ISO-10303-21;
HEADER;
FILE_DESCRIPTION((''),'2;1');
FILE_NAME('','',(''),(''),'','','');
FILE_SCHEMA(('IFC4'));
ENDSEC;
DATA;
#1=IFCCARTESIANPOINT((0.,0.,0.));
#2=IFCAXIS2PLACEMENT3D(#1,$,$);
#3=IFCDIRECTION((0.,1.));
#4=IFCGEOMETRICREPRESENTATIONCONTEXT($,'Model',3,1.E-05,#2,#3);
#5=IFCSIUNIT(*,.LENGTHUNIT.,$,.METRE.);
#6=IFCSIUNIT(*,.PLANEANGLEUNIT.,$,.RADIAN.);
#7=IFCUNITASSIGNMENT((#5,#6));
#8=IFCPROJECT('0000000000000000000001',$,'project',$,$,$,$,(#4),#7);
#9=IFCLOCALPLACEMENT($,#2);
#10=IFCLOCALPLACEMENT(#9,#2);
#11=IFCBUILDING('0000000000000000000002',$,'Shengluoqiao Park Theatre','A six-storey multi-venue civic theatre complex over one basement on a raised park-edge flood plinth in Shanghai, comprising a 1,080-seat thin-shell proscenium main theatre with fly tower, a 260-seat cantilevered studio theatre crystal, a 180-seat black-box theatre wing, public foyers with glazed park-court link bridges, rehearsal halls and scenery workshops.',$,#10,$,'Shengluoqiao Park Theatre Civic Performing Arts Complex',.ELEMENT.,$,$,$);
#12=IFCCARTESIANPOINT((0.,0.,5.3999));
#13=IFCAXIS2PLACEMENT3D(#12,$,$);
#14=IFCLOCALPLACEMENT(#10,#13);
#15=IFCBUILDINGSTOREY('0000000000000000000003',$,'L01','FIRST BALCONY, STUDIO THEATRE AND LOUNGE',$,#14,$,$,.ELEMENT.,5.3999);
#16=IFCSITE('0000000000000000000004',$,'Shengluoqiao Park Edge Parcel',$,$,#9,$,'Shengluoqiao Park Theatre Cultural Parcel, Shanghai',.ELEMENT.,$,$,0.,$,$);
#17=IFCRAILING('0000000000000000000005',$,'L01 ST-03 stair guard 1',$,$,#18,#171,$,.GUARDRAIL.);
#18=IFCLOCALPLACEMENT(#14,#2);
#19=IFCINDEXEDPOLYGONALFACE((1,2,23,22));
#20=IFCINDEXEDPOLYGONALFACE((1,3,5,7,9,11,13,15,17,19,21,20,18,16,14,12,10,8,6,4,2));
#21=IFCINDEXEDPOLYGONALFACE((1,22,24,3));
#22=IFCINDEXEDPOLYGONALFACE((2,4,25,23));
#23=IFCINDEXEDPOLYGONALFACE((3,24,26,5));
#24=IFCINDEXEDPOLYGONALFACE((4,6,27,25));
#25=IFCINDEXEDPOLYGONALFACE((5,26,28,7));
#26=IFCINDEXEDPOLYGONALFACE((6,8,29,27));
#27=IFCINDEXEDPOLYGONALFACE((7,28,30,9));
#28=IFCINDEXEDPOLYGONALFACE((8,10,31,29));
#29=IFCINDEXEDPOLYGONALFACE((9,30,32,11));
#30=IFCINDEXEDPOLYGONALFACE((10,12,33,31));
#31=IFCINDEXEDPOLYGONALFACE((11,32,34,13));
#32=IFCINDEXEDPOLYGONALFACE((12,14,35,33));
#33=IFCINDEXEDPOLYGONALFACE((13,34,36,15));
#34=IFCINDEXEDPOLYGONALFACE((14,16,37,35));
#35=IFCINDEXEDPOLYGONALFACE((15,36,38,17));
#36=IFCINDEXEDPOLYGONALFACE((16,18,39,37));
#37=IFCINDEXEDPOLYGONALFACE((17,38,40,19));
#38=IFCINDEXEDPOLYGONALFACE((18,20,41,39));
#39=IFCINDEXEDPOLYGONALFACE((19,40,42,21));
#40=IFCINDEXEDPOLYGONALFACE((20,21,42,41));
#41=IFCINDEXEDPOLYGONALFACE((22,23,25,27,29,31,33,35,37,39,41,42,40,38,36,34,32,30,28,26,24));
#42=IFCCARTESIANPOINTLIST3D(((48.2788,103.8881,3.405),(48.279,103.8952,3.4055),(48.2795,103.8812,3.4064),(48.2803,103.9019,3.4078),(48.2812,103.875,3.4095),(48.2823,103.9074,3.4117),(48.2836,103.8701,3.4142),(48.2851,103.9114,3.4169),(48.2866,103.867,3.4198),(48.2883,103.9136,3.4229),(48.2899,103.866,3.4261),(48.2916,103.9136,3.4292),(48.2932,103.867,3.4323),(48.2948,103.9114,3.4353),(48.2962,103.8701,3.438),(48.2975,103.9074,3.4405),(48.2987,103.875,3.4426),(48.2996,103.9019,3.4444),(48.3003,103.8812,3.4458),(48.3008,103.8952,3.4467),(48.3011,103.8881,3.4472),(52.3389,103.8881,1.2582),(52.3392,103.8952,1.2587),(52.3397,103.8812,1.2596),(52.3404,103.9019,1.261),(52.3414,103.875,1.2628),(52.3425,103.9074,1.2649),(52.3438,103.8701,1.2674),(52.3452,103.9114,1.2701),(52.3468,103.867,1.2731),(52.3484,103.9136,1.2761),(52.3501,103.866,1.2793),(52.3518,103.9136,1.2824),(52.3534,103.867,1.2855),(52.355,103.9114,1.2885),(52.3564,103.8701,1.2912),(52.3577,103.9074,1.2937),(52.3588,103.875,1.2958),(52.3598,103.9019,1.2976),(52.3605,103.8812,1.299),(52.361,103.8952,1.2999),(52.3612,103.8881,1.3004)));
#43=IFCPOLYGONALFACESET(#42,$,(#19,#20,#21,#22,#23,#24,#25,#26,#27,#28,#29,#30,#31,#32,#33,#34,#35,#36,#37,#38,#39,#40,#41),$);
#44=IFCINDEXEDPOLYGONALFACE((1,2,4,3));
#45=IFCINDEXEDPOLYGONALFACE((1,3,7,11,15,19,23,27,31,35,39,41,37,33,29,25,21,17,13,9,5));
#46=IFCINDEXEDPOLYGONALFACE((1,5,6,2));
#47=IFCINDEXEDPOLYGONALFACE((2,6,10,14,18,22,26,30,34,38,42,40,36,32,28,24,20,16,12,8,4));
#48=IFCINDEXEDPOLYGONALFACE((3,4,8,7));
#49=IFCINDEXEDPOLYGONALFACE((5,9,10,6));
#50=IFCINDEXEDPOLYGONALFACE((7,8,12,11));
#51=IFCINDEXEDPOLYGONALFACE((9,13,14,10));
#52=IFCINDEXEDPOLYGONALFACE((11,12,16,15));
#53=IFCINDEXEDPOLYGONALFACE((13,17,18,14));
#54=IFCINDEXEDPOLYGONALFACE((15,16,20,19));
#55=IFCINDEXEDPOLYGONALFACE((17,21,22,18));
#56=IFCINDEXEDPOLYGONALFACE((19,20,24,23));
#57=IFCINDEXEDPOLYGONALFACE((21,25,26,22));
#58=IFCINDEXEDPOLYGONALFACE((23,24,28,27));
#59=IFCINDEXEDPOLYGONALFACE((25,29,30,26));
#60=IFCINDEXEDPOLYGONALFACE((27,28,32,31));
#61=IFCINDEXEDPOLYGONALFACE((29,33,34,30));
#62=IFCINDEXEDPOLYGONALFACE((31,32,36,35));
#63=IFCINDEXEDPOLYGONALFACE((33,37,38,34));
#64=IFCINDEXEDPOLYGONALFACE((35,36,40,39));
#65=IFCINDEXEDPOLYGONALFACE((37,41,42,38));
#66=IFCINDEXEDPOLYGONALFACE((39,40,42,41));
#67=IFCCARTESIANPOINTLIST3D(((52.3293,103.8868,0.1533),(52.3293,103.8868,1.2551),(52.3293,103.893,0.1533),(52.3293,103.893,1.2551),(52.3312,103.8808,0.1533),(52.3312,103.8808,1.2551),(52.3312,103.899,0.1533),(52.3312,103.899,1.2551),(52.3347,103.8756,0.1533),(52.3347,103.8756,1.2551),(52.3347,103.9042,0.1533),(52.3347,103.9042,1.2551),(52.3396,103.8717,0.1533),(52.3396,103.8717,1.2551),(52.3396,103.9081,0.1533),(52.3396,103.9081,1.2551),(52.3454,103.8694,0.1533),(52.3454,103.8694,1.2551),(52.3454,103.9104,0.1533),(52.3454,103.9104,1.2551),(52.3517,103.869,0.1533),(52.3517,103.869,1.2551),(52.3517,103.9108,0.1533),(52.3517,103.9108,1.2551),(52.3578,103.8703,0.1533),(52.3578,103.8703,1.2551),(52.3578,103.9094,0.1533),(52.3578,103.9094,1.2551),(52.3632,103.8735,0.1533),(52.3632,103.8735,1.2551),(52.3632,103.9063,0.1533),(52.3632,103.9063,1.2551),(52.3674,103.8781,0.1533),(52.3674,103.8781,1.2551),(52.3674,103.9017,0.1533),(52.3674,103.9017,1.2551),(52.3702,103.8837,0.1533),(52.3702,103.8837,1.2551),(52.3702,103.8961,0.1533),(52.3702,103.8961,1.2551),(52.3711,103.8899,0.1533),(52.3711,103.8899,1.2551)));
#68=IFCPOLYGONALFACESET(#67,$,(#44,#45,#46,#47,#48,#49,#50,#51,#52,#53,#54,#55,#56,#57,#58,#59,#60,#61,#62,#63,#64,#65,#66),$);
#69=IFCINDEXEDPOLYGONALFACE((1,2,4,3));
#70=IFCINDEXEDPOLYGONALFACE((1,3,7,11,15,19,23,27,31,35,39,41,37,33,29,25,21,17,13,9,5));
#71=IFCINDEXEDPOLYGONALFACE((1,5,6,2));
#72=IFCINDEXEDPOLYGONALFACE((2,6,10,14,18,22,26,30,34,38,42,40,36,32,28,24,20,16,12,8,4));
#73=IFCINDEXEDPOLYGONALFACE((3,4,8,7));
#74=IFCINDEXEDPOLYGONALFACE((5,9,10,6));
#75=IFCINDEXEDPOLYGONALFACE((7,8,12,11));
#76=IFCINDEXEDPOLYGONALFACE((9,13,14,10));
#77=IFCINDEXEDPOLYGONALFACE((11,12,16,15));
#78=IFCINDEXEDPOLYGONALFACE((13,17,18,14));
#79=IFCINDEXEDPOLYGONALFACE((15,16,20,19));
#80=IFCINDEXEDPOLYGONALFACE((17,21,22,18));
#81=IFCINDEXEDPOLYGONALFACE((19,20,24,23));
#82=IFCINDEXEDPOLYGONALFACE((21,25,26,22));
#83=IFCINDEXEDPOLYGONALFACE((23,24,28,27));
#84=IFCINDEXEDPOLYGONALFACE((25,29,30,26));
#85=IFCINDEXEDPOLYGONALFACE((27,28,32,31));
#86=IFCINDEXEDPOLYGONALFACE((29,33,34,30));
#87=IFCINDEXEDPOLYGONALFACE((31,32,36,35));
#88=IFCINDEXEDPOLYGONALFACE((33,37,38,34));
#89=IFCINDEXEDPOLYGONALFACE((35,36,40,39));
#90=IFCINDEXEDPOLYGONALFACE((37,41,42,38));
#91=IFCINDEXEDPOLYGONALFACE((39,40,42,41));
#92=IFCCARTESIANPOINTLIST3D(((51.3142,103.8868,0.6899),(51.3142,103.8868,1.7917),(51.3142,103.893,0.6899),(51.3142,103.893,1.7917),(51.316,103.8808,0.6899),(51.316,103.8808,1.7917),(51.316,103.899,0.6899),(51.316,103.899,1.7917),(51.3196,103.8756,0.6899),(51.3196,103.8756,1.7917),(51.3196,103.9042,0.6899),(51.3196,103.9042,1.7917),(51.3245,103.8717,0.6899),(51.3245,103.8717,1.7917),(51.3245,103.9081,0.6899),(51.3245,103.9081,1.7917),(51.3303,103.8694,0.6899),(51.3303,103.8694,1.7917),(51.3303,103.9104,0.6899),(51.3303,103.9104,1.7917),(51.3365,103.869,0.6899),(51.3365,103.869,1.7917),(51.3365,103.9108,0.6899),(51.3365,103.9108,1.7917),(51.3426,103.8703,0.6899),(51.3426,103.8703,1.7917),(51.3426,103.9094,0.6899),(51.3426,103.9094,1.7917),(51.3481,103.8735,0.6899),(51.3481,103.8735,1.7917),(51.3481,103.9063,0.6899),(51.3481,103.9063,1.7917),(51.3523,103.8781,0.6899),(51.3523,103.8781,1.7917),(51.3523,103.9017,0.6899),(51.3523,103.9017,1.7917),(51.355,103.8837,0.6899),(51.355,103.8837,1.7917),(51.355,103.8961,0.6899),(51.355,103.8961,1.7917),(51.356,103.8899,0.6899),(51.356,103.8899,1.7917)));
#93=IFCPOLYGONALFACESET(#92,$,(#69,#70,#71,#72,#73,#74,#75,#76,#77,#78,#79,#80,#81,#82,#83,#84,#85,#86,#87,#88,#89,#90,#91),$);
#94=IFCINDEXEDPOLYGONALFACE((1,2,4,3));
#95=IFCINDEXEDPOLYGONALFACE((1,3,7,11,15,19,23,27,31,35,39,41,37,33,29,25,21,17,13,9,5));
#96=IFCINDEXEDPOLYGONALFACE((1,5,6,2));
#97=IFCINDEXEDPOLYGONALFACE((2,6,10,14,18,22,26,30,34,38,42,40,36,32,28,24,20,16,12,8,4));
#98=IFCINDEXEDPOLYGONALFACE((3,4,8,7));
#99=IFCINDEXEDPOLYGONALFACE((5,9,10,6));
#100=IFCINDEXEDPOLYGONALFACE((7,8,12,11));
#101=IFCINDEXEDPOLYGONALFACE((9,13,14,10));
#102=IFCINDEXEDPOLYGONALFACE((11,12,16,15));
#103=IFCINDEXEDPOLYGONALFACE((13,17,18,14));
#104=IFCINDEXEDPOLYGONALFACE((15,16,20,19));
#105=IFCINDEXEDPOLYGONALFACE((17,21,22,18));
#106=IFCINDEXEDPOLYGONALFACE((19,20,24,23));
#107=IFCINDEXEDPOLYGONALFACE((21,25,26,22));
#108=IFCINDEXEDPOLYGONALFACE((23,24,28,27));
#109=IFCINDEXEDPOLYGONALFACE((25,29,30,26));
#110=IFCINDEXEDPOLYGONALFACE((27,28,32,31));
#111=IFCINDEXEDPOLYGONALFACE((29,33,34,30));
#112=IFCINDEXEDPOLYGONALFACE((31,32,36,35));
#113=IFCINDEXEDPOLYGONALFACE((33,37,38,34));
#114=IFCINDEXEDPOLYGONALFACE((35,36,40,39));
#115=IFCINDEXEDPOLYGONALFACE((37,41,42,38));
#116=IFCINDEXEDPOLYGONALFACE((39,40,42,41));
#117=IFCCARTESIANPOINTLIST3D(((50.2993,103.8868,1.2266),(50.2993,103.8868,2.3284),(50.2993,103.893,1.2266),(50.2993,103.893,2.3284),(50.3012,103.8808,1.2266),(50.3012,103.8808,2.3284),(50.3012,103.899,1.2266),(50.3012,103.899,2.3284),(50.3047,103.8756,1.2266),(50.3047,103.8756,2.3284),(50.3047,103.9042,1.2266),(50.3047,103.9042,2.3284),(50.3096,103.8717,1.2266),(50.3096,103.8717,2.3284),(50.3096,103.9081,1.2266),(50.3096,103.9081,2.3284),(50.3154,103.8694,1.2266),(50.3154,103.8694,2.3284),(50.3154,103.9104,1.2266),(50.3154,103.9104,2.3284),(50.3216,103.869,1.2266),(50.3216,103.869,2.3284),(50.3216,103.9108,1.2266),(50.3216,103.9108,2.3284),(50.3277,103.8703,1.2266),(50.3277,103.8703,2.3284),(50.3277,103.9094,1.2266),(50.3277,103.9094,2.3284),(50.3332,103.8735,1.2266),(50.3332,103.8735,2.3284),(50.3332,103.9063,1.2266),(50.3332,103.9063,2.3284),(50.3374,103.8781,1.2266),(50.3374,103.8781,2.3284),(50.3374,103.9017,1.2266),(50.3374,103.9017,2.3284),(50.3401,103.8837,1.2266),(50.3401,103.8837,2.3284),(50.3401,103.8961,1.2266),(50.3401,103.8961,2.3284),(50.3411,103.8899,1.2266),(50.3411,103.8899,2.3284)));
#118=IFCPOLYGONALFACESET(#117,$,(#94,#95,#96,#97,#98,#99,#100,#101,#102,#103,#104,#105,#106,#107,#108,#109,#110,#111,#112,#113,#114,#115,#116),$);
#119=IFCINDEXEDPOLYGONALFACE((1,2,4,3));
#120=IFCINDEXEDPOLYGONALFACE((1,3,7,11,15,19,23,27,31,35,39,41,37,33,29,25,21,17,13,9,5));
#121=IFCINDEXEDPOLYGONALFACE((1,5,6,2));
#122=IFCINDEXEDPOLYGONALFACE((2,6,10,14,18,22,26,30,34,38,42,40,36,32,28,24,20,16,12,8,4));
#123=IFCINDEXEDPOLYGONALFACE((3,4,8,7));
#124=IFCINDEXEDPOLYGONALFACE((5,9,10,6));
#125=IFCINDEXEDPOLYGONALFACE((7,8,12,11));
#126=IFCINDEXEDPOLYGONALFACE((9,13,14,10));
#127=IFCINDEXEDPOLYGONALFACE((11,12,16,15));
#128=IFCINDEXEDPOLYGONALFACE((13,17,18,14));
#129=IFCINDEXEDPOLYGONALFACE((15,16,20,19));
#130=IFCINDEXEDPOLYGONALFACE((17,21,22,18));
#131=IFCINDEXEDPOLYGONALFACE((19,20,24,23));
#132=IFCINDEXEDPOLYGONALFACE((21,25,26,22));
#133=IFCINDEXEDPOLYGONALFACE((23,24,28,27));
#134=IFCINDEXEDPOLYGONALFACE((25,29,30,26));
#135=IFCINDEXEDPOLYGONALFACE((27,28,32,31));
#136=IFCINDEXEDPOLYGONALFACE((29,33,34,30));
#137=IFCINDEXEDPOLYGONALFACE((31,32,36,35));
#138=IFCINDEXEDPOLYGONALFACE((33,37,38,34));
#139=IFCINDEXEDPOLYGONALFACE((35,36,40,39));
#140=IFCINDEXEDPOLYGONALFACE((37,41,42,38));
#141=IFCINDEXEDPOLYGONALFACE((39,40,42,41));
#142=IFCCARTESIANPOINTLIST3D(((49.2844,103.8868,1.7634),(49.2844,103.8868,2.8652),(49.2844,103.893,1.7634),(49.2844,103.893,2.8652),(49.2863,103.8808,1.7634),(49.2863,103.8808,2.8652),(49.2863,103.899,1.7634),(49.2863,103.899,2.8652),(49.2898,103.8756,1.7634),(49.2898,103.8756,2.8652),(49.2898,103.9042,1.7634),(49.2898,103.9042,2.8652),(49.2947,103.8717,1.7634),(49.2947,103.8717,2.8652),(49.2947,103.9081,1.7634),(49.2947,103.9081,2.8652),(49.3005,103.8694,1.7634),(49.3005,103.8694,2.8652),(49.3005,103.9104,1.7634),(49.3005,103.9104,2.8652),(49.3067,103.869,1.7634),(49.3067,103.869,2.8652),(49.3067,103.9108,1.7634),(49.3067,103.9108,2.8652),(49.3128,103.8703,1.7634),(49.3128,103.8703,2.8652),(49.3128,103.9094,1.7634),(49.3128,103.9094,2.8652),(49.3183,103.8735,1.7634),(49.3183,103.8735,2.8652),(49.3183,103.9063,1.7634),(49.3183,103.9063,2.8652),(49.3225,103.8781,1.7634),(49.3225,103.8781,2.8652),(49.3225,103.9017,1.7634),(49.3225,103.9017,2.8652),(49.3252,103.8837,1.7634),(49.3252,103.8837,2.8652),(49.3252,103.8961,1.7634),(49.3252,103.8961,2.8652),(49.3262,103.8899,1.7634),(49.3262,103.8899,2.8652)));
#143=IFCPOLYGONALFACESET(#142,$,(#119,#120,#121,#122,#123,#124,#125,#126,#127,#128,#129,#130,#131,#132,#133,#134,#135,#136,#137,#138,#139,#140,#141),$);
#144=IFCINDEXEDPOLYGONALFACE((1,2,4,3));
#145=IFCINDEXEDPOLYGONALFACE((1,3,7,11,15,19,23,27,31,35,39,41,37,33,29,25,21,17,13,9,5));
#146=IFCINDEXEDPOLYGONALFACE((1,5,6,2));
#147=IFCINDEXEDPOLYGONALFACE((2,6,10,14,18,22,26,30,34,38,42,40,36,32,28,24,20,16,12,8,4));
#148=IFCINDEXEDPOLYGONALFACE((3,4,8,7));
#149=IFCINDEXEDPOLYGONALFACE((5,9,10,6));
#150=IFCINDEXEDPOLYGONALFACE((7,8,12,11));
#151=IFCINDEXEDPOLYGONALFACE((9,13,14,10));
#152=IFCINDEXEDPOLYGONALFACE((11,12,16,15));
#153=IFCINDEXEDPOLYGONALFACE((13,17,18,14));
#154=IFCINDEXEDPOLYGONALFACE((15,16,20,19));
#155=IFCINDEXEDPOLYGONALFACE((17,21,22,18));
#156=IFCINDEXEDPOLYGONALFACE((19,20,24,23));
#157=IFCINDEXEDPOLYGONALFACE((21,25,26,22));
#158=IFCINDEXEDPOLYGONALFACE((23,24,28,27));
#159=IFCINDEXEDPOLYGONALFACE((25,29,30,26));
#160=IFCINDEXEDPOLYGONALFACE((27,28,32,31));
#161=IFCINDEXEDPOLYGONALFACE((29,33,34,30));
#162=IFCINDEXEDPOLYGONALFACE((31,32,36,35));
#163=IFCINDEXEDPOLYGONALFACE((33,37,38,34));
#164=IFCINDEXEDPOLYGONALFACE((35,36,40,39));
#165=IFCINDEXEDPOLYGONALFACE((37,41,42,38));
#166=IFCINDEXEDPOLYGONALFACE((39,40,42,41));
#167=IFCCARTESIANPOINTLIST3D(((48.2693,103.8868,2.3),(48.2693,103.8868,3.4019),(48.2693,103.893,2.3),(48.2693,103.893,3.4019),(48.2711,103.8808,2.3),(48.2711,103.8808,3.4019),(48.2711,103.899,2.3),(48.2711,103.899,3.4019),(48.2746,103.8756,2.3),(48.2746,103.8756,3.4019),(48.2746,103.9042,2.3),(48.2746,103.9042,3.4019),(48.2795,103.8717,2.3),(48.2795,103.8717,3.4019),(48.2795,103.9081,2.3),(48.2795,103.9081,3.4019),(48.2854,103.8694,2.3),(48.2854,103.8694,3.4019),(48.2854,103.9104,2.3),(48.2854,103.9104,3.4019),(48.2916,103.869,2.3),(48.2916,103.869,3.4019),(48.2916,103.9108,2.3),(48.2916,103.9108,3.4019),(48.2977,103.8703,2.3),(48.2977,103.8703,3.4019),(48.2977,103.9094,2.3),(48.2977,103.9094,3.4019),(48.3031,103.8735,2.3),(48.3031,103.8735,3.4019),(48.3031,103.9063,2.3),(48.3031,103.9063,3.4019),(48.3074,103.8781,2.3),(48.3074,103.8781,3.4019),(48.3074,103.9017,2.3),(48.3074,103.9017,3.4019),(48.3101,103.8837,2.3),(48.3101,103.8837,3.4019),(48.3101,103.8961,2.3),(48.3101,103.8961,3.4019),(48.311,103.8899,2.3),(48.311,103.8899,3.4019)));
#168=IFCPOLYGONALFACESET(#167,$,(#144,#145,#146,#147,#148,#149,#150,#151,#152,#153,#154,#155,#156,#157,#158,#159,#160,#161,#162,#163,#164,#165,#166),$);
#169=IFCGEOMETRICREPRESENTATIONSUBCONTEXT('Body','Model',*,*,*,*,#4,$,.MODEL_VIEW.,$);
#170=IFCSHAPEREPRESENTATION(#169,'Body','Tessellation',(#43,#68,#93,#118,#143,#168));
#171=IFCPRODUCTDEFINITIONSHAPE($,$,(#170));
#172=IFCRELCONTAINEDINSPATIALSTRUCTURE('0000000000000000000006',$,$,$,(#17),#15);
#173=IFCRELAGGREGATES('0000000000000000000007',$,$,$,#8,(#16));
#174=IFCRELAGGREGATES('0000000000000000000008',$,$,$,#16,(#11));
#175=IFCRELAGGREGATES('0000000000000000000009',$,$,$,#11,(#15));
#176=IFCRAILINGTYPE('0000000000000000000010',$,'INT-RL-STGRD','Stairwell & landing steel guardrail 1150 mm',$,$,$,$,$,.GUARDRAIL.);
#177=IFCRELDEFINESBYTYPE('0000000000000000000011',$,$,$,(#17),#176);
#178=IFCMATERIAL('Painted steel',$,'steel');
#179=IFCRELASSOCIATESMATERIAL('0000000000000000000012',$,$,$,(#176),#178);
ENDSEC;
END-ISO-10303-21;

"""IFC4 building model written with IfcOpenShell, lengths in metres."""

from ifc_helpers import new_model, si_unit, direction, frame, origin, origin_2d, place, context, subcontext, project, spatial, circle, extrude, material, type_object, element, save


model = new_model("IFC4")

# Units and contexts
model_context = context("Model", 3, precision=1e-05, world=origin(), true_north=direction((0.0, 1.0)))
body_context = subcontext(model_context, "Body", "Model", "MODEL_VIEW")
ifc_project = project(units=[si_unit("LENGTHUNIT", "METRE"), si_unit("PLANEANGLEUNIT", "RADIAN")], contexts=[model_context])

# Site, building, storey
site_placement = place(None, origin())
site = spatial("IfcSite", under=ifc_project, at=site_placement, Name="Shengluoqiao Park Edge Parcel", LongName="Shengluoqiao Park Theatre Cultural Parcel, Shanghai", CompositionType="ELEMENT", RefElevation=0.0)
building_placement = place(site_placement, origin())
building = spatial("IfcBuilding", under=site, at=building_placement, Name="Shengluoqiao Park Theatre", Description="A six-storey multi-venue civic theatre complex over one basement on a raised park-edge flood plinth in Shanghai, comprising a 1,080-seat thin-shell proscenium main theatre with fly tower, a 260-seat cantilevered studio theatre crystal, a 180-seat black-box theatre wing, public foyers with glazed park-court link bridges, rehearsal halls and scenery workshops.", LongName="Shengluoqiao Park Theatre Civic Performing Arts Complex", CompositionType="ELEMENT")
storey_placement = place(building_placement, frame((0.0, 0.0, 5.3999)))
storey = spatial("IfcBuildingStorey", under=building, at=storey_placement, Name="L01", Description="FIRST BALCONY, STUDIO THEATRE AND LOUNGE", CompositionType="ELEMENT", Elevation=5.3999)

# Railing
ifc_material_1 = material(Name="Painted steel", Category="steel")
railing_type_1 = type_object("IfcRailingType", Name="INT-RL-STGRD", Description="Stairwell & landing steel guardrail 1150 mm", PredefinedType="GUARDRAIL", material=ifc_material_1)
railing_1_placement = place(storey_placement, frame((52.3501, 103.8899, 0.1533)))
element("IfcRailing", 1, at=railing_1_placement, inside=storey, type_object=railing_type_1, Name="L01 ST-03 stair guard 1", PredefinedType="GUARDRAIL", context=body_context, shape_type="SweptSolid", body=[
    extrude(circle(Radius=0.0239, at=origin_2d()), frame((0.0, 0.0, 1.126), z_axis=(-0.884032, 0.0, 0.467426), x_axis=(0.0, -1.0, 0.0)), (0.0, 0.0, 1.0), 4.5928),
    extrude(circle(Radius=0.021, at=origin_2d()), origin(), (0.0, 0.0, 1.0), 1.1018),
    extrude(circle(Radius=0.021, at=origin_2d()), frame((-1.0151, 0.0, 0.5366)), (0.0, 0.0, 1.0), 1.1018),
    extrude(circle(Radius=0.021, at=origin_2d()), frame((-2.03, 0.0, 1.0732)), (0.0, 0.0, 1.0), 1.1018),
    extrude(circle(Radius=0.021, at=origin_2d()), frame((-3.0449, 0.0, 1.6101)), (0.0, 0.0, 1.0), 1.1018),
    extrude(circle(Radius=0.021, at=origin_2d()), frame((-4.0601, 0.0, 2.1467)), (0.0, 0.0, 1.0), 1.1018),
])

save(model, "model.ifc")
